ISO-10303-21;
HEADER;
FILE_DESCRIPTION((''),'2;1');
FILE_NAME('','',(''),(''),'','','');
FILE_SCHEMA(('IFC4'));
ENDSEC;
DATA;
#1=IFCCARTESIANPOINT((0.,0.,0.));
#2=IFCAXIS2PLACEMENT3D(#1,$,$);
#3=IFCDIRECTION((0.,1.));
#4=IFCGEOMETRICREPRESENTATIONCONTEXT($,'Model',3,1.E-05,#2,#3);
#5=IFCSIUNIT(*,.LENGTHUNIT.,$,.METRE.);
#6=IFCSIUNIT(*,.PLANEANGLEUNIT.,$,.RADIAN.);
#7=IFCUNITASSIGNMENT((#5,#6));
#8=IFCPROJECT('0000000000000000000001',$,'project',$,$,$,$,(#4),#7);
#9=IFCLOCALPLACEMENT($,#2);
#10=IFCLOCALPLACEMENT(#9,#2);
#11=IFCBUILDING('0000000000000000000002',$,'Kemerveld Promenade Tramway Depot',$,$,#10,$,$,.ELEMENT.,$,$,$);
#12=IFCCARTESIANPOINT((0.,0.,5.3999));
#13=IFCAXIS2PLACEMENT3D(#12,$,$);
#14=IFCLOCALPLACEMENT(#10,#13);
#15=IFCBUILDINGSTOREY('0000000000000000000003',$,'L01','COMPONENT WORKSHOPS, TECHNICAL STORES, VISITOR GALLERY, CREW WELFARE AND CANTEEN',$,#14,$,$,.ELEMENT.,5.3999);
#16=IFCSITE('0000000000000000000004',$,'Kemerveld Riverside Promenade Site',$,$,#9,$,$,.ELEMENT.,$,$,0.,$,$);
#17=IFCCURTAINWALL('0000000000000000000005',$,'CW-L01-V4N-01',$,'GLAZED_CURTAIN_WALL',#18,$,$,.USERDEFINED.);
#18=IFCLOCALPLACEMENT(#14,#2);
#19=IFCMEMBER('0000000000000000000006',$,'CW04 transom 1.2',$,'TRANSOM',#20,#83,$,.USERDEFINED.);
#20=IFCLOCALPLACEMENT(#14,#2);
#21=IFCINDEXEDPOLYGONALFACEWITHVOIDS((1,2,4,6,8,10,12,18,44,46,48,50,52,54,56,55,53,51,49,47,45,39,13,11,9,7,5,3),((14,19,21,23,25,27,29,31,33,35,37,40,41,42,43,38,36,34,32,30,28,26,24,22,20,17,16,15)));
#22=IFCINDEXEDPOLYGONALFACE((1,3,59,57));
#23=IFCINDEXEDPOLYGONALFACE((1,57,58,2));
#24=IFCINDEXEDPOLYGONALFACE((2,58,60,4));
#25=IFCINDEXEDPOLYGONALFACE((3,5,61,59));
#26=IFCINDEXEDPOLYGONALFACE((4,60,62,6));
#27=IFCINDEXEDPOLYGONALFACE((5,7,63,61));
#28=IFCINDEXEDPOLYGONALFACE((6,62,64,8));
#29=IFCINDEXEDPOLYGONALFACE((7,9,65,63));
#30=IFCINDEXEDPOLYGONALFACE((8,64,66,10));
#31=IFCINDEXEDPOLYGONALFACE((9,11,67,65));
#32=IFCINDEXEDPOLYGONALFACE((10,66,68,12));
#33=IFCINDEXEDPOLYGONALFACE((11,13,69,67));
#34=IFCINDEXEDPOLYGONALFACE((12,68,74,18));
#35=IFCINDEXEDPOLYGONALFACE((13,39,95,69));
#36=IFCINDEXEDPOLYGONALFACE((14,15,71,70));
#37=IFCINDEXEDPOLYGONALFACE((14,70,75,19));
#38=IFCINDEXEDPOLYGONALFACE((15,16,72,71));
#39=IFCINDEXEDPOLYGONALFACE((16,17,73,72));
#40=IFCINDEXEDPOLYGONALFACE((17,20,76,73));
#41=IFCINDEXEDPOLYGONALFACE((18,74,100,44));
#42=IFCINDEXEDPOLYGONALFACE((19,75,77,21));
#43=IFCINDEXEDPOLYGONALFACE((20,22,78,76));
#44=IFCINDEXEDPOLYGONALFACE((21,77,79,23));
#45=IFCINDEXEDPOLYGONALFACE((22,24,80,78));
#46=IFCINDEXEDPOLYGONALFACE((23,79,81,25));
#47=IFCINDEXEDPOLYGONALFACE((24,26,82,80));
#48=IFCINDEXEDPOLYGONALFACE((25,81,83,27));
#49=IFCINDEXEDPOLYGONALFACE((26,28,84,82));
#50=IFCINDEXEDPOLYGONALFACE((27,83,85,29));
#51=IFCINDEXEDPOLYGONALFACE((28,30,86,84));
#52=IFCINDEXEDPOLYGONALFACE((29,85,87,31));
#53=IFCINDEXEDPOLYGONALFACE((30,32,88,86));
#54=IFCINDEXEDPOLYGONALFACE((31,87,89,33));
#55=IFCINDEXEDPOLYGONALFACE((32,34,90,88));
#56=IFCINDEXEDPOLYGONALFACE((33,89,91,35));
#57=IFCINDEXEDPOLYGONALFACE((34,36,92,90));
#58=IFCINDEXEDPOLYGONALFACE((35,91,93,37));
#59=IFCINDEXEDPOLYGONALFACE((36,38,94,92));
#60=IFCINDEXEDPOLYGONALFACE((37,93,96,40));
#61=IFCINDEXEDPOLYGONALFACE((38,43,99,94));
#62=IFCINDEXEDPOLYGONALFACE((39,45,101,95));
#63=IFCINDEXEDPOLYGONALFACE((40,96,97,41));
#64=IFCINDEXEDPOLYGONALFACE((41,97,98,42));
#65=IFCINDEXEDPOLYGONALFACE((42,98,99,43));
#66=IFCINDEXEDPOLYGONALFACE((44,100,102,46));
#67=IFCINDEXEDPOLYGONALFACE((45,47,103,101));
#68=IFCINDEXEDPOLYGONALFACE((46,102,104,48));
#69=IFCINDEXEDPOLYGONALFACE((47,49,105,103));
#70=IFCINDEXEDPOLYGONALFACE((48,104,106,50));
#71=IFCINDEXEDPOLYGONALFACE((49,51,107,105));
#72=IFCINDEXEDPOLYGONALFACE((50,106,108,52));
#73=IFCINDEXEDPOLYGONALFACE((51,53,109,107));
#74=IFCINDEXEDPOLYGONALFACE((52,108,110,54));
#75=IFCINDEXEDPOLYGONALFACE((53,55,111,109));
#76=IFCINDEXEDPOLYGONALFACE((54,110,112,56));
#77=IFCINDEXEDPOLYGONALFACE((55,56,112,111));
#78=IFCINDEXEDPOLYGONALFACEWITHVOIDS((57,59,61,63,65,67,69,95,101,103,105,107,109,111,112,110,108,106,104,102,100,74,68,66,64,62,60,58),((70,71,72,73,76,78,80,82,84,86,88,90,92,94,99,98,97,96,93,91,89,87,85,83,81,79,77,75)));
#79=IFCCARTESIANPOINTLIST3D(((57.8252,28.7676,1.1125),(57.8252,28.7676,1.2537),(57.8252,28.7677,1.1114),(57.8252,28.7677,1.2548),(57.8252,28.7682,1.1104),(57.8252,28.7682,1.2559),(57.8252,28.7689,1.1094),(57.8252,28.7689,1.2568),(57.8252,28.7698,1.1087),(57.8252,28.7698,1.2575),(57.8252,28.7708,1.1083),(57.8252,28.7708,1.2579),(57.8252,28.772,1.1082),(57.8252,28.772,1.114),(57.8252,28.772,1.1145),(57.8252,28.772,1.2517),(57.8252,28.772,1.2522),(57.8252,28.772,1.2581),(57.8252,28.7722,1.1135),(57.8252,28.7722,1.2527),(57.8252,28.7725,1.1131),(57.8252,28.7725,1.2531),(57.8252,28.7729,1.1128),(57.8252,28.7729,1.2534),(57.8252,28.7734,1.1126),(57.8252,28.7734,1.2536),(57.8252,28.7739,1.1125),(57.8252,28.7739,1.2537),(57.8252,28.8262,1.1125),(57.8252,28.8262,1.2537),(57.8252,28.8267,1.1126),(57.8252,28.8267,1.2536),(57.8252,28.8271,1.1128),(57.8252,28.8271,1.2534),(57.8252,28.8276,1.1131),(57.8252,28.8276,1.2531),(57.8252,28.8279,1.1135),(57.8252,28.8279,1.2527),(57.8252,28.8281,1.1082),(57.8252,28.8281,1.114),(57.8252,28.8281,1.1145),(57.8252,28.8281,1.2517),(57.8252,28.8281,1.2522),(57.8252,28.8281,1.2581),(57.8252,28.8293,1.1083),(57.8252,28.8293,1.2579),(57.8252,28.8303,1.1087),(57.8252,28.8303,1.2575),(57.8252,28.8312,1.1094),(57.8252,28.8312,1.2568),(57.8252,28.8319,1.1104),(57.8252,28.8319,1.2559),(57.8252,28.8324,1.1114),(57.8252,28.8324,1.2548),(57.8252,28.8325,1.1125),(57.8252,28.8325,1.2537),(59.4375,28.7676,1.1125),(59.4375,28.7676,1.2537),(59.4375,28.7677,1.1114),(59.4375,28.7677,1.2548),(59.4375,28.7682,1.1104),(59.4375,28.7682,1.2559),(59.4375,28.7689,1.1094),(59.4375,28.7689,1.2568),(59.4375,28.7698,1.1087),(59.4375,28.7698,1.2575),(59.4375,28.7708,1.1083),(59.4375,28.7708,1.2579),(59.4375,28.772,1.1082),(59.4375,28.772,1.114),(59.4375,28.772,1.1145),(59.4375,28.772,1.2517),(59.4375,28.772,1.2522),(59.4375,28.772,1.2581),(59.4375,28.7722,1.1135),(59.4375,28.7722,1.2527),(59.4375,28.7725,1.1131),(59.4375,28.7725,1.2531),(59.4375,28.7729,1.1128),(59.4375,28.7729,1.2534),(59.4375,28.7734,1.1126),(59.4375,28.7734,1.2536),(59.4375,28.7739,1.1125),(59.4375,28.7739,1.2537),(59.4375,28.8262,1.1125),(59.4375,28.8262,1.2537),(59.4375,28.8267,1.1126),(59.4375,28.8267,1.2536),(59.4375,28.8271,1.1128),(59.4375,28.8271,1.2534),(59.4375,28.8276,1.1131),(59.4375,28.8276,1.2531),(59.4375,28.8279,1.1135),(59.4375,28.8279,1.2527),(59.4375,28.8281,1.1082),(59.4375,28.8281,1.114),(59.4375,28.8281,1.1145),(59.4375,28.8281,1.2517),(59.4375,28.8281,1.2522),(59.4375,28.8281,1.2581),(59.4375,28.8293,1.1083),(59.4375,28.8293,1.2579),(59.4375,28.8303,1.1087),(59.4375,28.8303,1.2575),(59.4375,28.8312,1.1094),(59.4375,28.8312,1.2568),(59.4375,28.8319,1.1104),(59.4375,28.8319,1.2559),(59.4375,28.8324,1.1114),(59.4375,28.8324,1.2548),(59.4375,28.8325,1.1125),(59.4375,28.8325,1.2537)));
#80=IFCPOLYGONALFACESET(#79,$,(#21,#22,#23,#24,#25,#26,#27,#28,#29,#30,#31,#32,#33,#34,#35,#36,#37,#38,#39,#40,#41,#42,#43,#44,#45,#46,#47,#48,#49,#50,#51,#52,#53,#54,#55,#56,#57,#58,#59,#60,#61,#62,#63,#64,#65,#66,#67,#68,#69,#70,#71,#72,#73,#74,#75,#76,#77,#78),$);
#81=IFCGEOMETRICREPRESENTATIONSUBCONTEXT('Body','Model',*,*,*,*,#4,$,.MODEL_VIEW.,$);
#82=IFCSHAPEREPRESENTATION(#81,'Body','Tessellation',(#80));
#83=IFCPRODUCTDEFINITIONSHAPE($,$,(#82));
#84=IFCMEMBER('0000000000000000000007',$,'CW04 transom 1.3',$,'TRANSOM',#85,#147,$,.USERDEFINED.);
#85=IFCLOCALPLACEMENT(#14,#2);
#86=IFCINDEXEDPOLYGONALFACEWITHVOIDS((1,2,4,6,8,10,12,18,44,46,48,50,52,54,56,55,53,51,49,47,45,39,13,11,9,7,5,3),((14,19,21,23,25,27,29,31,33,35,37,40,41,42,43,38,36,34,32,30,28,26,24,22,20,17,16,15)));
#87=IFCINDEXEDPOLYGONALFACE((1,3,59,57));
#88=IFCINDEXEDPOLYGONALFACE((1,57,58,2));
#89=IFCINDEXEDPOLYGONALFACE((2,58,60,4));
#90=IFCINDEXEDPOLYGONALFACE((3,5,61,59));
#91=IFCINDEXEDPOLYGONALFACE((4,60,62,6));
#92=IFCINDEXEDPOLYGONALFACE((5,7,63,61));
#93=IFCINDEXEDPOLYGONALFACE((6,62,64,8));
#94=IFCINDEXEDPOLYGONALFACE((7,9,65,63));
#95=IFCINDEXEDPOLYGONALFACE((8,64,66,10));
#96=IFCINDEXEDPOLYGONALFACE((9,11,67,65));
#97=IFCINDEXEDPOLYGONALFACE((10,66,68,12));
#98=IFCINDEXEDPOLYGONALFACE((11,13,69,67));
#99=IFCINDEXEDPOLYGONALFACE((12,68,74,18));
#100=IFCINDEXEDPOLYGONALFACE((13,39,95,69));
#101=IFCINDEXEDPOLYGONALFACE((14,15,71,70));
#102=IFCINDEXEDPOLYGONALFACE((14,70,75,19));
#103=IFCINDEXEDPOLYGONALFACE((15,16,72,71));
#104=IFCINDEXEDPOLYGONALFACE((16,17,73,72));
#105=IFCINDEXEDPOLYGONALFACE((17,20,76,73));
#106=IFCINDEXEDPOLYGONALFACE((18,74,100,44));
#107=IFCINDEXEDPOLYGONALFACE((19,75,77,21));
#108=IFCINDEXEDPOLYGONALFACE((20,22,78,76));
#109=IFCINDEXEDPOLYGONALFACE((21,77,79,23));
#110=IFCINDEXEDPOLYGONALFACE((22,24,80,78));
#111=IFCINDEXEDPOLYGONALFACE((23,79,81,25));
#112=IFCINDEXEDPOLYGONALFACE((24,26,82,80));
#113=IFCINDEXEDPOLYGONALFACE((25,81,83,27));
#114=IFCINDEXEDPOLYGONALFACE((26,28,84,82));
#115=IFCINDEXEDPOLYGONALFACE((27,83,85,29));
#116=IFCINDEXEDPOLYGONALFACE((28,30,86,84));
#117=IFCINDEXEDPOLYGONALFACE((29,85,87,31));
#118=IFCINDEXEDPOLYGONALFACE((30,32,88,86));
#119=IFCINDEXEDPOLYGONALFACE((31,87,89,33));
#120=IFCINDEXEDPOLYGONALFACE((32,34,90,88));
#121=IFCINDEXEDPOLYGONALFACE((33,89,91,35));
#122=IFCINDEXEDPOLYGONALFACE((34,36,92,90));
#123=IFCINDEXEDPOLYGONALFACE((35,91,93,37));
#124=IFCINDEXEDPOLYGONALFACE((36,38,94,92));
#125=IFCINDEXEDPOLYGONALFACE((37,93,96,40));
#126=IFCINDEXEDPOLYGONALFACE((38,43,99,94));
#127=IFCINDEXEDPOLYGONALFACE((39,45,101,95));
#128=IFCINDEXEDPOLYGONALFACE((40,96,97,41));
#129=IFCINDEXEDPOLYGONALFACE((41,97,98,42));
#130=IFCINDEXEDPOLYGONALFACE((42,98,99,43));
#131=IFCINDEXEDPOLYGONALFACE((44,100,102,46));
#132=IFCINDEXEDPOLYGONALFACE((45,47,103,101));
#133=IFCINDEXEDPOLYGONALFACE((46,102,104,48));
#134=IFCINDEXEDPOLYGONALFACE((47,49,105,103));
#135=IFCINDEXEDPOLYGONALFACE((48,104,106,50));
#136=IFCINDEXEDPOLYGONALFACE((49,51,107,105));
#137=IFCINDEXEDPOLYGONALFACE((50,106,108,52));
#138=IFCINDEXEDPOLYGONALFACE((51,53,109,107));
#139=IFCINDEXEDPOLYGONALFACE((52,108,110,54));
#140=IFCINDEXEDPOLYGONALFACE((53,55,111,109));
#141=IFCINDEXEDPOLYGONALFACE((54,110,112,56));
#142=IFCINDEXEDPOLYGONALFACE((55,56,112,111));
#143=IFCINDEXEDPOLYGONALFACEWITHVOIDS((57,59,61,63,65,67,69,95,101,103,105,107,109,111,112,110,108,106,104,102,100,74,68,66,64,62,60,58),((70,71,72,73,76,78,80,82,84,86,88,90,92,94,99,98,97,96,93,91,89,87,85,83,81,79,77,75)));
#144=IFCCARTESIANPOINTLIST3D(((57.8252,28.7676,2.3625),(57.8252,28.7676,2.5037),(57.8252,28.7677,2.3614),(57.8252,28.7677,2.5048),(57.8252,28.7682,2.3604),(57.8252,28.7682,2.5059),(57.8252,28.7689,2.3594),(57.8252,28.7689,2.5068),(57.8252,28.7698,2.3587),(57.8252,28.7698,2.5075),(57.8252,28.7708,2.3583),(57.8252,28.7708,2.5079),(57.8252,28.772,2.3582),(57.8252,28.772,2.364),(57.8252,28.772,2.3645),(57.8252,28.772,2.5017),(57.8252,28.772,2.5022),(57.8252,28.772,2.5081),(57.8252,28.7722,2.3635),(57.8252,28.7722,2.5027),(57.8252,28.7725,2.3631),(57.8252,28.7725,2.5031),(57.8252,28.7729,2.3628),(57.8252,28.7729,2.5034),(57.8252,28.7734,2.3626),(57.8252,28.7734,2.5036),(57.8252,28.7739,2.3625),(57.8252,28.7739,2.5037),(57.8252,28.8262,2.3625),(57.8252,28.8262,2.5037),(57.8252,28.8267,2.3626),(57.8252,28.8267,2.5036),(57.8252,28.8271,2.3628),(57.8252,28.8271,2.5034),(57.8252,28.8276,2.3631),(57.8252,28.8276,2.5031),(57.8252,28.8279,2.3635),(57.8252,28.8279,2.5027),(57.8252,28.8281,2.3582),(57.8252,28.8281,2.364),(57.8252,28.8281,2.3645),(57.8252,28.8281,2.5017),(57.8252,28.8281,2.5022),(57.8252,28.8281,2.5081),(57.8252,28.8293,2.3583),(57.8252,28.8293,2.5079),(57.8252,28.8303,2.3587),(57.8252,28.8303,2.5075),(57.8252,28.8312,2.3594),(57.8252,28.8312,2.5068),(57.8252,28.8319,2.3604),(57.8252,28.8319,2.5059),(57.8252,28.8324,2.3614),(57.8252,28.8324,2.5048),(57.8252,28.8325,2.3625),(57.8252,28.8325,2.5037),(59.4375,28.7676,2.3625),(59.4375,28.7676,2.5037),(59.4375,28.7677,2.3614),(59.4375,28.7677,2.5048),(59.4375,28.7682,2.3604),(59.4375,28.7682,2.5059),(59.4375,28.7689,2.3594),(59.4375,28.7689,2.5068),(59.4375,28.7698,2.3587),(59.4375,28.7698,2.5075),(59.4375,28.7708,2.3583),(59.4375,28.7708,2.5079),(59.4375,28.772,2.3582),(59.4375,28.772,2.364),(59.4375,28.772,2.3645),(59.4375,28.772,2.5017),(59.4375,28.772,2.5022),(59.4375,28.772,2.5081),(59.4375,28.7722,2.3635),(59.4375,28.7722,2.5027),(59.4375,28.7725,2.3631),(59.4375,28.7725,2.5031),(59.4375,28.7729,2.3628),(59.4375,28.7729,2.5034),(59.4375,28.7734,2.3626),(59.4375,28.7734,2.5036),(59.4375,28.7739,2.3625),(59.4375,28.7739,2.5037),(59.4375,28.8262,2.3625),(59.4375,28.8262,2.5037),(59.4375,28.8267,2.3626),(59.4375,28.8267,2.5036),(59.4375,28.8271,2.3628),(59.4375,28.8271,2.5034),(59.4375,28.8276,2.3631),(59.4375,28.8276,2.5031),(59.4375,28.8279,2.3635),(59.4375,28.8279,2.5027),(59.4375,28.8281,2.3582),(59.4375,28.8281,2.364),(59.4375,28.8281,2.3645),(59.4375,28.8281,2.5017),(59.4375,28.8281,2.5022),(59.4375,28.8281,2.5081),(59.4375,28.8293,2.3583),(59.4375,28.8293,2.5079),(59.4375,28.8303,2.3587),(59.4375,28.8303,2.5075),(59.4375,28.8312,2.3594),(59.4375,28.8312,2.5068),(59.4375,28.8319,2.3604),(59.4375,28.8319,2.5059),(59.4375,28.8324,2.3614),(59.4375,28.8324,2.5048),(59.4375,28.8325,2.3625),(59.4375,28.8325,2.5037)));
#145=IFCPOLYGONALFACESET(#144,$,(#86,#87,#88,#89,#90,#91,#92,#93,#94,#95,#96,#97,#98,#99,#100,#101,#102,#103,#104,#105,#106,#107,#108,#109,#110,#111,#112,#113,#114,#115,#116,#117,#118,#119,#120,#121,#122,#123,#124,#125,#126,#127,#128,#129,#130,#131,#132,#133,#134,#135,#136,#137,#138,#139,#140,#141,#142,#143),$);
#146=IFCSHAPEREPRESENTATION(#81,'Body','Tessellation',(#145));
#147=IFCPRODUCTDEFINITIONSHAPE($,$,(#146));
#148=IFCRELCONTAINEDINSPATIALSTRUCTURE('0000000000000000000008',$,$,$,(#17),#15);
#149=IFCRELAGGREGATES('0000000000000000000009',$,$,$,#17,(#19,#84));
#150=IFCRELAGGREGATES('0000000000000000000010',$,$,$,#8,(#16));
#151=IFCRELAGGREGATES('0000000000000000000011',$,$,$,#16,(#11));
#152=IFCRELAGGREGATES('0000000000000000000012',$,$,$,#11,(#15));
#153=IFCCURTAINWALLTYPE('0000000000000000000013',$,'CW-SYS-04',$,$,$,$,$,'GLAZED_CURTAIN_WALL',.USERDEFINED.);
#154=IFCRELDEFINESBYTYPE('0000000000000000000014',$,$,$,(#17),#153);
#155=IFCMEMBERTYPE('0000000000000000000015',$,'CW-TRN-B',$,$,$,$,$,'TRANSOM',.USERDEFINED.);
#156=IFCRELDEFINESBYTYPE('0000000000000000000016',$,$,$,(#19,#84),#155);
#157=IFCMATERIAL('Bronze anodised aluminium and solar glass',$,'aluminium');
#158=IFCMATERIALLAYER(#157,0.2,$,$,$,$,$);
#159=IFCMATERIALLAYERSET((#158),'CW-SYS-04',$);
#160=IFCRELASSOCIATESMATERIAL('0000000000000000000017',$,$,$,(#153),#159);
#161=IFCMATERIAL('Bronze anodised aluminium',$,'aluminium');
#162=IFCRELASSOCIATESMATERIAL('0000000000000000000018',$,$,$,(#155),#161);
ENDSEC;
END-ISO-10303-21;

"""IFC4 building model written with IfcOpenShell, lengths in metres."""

from ifc_helpers import new_model, si_unit, direction, frame, origin, origin_2d, place, context, subcontext, project, spatial, hollow_rectangle, extrude, material, layer, layer_set, material_profile, profile_set, type_object, element, aggregate, save


model = new_model("IFC4")

# Units and contexts
model_context = context("Model", 3, precision=1e-05, world=origin(), true_north=direction((0.0, 1.0)))
body_context = subcontext(model_context, "Body", "Model", "MODEL_VIEW")
ifc_project = project(units=[si_unit("LENGTHUNIT", "METRE"), si_unit("PLANEANGLEUNIT", "RADIAN")], contexts=[model_context])

# Site, building, storey
site_placement = place(None, origin())
site = spatial("IfcSite", under=ifc_project, at=site_placement, Name="Kemerveld Riverside Promenade Site", CompositionType="ELEMENT", RefElevation=0.0)
building_placement = place(site_placement, origin())
building = spatial("IfcBuilding", under=site, at=building_placement, Name="Kemerveld Promenade Tramway Depot", CompositionType="ELEMENT")
storey_placement = place(building_placement, frame((0.0, 0.0, 5.3999)))
storey = spatial("IfcBuildingStorey", under=building, at=storey_placement, Name="L01", Description="COMPONENT WORKSHOPS, TECHNICAL STORES, VISITOR GALLERY, CREW WELFARE AND CANTEEN", CompositionType="ELEMENT", Elevation=5.3999)

# Shared definitions
ifc_material_1 = material(Name="Bronze anodised aluminium and solar glass", Category="aluminium")
ifc_material_2 = material(Name="Bronze anodised aluminium", Category="aluminium")

# Curtain wall, members
ifc_layer_1 = layer(ifc_material_1, 0.2)
ifc_layer_set_1 = layer_set([ifc_layer_1], Name="CW-SYS-04")
curtain_wall_type_1 = type_object("IfcCurtainWallType", Name="CW-SYS-04", ElementType="GLAZED_CURTAIN_WALL", PredefinedType="USERDEFINED", material=ifc_layer_set_1)
curtain_wall_1_placement = place(storey_placement, origin())
curtain_wall_1 = element("IfcCurtainWall", 1, at=curtain_wall_1_placement, inside=storey, type_object=curtain_wall_type_1, Name="CW-L01-V4N-01", ObjectType="GLAZED_CURTAIN_WALL", PredefinedType="USERDEFINED")
ifc_material_profile_1 = material_profile(ifc_material_2, hollow_rectangle(XDim=0.0649, YDim=0.1499, WallThickness=0.0044, InnerFilletRadius=0.002, OuterFilletRadius=0.0044, at=origin_2d()), Name="CW-TRN-150x65")
ifc_profile_set_1 = profile_set([ifc_material_profile_1], Name="Bronze anodised aluminium")
member_type_1 = type_object("IfcMemberType", Name="CW-TRN-B", ElementType="TRANSOM", PredefinedType="USERDEFINED", material=ifc_profile_set_1)
member_1_placement = place(storey_placement, frame((57.8252, 28.8, 1.1831), z_axis=(1.0, 0.0, 0.0), x_axis=(0.0, 1.0, 0.0)))
member_1 = element("IfcMember", 2, at=member_1_placement, type_object=member_type_1, Name="CW04 transom 1.2", ObjectType="TRANSOM", PredefinedType="USERDEFINED", context=body_context, shape_type="SweptSolid", body=[
    extrude(hollow_rectangle(XDim=0.0649, YDim=0.1499, WallThickness=0.0044, InnerFilletRadius=0.002, OuterFilletRadius=0.0044, at=origin_2d()), origin(), (0.0, 0.0, 1.0), 1.6123),
])
member_2_placement = place(storey_placement, frame((57.8252, 28.8, 2.4331), z_axis=(1.0, 0.0, 0.0), x_axis=(0.0, 1.0, 0.0)))
member_2 = element("IfcMember", 3, at=member_2_placement, type_object=member_type_1, Name="CW04 transom 1.3", ObjectType="TRANSOM", PredefinedType="USERDEFINED", context=body_context, shape_type="SweptSolid", body=[
    extrude(hollow_rectangle(XDim=0.0649, YDim=0.1499, WallThickness=0.0044, InnerFilletRadius=0.002, OuterFilletRadius=0.0044, at=origin_2d()), origin(), (0.0, 0.0, 1.0), 1.6123),
])
aggregate(curtain_wall_1, [member_1, member_2])

save(model, "model.ifc")
